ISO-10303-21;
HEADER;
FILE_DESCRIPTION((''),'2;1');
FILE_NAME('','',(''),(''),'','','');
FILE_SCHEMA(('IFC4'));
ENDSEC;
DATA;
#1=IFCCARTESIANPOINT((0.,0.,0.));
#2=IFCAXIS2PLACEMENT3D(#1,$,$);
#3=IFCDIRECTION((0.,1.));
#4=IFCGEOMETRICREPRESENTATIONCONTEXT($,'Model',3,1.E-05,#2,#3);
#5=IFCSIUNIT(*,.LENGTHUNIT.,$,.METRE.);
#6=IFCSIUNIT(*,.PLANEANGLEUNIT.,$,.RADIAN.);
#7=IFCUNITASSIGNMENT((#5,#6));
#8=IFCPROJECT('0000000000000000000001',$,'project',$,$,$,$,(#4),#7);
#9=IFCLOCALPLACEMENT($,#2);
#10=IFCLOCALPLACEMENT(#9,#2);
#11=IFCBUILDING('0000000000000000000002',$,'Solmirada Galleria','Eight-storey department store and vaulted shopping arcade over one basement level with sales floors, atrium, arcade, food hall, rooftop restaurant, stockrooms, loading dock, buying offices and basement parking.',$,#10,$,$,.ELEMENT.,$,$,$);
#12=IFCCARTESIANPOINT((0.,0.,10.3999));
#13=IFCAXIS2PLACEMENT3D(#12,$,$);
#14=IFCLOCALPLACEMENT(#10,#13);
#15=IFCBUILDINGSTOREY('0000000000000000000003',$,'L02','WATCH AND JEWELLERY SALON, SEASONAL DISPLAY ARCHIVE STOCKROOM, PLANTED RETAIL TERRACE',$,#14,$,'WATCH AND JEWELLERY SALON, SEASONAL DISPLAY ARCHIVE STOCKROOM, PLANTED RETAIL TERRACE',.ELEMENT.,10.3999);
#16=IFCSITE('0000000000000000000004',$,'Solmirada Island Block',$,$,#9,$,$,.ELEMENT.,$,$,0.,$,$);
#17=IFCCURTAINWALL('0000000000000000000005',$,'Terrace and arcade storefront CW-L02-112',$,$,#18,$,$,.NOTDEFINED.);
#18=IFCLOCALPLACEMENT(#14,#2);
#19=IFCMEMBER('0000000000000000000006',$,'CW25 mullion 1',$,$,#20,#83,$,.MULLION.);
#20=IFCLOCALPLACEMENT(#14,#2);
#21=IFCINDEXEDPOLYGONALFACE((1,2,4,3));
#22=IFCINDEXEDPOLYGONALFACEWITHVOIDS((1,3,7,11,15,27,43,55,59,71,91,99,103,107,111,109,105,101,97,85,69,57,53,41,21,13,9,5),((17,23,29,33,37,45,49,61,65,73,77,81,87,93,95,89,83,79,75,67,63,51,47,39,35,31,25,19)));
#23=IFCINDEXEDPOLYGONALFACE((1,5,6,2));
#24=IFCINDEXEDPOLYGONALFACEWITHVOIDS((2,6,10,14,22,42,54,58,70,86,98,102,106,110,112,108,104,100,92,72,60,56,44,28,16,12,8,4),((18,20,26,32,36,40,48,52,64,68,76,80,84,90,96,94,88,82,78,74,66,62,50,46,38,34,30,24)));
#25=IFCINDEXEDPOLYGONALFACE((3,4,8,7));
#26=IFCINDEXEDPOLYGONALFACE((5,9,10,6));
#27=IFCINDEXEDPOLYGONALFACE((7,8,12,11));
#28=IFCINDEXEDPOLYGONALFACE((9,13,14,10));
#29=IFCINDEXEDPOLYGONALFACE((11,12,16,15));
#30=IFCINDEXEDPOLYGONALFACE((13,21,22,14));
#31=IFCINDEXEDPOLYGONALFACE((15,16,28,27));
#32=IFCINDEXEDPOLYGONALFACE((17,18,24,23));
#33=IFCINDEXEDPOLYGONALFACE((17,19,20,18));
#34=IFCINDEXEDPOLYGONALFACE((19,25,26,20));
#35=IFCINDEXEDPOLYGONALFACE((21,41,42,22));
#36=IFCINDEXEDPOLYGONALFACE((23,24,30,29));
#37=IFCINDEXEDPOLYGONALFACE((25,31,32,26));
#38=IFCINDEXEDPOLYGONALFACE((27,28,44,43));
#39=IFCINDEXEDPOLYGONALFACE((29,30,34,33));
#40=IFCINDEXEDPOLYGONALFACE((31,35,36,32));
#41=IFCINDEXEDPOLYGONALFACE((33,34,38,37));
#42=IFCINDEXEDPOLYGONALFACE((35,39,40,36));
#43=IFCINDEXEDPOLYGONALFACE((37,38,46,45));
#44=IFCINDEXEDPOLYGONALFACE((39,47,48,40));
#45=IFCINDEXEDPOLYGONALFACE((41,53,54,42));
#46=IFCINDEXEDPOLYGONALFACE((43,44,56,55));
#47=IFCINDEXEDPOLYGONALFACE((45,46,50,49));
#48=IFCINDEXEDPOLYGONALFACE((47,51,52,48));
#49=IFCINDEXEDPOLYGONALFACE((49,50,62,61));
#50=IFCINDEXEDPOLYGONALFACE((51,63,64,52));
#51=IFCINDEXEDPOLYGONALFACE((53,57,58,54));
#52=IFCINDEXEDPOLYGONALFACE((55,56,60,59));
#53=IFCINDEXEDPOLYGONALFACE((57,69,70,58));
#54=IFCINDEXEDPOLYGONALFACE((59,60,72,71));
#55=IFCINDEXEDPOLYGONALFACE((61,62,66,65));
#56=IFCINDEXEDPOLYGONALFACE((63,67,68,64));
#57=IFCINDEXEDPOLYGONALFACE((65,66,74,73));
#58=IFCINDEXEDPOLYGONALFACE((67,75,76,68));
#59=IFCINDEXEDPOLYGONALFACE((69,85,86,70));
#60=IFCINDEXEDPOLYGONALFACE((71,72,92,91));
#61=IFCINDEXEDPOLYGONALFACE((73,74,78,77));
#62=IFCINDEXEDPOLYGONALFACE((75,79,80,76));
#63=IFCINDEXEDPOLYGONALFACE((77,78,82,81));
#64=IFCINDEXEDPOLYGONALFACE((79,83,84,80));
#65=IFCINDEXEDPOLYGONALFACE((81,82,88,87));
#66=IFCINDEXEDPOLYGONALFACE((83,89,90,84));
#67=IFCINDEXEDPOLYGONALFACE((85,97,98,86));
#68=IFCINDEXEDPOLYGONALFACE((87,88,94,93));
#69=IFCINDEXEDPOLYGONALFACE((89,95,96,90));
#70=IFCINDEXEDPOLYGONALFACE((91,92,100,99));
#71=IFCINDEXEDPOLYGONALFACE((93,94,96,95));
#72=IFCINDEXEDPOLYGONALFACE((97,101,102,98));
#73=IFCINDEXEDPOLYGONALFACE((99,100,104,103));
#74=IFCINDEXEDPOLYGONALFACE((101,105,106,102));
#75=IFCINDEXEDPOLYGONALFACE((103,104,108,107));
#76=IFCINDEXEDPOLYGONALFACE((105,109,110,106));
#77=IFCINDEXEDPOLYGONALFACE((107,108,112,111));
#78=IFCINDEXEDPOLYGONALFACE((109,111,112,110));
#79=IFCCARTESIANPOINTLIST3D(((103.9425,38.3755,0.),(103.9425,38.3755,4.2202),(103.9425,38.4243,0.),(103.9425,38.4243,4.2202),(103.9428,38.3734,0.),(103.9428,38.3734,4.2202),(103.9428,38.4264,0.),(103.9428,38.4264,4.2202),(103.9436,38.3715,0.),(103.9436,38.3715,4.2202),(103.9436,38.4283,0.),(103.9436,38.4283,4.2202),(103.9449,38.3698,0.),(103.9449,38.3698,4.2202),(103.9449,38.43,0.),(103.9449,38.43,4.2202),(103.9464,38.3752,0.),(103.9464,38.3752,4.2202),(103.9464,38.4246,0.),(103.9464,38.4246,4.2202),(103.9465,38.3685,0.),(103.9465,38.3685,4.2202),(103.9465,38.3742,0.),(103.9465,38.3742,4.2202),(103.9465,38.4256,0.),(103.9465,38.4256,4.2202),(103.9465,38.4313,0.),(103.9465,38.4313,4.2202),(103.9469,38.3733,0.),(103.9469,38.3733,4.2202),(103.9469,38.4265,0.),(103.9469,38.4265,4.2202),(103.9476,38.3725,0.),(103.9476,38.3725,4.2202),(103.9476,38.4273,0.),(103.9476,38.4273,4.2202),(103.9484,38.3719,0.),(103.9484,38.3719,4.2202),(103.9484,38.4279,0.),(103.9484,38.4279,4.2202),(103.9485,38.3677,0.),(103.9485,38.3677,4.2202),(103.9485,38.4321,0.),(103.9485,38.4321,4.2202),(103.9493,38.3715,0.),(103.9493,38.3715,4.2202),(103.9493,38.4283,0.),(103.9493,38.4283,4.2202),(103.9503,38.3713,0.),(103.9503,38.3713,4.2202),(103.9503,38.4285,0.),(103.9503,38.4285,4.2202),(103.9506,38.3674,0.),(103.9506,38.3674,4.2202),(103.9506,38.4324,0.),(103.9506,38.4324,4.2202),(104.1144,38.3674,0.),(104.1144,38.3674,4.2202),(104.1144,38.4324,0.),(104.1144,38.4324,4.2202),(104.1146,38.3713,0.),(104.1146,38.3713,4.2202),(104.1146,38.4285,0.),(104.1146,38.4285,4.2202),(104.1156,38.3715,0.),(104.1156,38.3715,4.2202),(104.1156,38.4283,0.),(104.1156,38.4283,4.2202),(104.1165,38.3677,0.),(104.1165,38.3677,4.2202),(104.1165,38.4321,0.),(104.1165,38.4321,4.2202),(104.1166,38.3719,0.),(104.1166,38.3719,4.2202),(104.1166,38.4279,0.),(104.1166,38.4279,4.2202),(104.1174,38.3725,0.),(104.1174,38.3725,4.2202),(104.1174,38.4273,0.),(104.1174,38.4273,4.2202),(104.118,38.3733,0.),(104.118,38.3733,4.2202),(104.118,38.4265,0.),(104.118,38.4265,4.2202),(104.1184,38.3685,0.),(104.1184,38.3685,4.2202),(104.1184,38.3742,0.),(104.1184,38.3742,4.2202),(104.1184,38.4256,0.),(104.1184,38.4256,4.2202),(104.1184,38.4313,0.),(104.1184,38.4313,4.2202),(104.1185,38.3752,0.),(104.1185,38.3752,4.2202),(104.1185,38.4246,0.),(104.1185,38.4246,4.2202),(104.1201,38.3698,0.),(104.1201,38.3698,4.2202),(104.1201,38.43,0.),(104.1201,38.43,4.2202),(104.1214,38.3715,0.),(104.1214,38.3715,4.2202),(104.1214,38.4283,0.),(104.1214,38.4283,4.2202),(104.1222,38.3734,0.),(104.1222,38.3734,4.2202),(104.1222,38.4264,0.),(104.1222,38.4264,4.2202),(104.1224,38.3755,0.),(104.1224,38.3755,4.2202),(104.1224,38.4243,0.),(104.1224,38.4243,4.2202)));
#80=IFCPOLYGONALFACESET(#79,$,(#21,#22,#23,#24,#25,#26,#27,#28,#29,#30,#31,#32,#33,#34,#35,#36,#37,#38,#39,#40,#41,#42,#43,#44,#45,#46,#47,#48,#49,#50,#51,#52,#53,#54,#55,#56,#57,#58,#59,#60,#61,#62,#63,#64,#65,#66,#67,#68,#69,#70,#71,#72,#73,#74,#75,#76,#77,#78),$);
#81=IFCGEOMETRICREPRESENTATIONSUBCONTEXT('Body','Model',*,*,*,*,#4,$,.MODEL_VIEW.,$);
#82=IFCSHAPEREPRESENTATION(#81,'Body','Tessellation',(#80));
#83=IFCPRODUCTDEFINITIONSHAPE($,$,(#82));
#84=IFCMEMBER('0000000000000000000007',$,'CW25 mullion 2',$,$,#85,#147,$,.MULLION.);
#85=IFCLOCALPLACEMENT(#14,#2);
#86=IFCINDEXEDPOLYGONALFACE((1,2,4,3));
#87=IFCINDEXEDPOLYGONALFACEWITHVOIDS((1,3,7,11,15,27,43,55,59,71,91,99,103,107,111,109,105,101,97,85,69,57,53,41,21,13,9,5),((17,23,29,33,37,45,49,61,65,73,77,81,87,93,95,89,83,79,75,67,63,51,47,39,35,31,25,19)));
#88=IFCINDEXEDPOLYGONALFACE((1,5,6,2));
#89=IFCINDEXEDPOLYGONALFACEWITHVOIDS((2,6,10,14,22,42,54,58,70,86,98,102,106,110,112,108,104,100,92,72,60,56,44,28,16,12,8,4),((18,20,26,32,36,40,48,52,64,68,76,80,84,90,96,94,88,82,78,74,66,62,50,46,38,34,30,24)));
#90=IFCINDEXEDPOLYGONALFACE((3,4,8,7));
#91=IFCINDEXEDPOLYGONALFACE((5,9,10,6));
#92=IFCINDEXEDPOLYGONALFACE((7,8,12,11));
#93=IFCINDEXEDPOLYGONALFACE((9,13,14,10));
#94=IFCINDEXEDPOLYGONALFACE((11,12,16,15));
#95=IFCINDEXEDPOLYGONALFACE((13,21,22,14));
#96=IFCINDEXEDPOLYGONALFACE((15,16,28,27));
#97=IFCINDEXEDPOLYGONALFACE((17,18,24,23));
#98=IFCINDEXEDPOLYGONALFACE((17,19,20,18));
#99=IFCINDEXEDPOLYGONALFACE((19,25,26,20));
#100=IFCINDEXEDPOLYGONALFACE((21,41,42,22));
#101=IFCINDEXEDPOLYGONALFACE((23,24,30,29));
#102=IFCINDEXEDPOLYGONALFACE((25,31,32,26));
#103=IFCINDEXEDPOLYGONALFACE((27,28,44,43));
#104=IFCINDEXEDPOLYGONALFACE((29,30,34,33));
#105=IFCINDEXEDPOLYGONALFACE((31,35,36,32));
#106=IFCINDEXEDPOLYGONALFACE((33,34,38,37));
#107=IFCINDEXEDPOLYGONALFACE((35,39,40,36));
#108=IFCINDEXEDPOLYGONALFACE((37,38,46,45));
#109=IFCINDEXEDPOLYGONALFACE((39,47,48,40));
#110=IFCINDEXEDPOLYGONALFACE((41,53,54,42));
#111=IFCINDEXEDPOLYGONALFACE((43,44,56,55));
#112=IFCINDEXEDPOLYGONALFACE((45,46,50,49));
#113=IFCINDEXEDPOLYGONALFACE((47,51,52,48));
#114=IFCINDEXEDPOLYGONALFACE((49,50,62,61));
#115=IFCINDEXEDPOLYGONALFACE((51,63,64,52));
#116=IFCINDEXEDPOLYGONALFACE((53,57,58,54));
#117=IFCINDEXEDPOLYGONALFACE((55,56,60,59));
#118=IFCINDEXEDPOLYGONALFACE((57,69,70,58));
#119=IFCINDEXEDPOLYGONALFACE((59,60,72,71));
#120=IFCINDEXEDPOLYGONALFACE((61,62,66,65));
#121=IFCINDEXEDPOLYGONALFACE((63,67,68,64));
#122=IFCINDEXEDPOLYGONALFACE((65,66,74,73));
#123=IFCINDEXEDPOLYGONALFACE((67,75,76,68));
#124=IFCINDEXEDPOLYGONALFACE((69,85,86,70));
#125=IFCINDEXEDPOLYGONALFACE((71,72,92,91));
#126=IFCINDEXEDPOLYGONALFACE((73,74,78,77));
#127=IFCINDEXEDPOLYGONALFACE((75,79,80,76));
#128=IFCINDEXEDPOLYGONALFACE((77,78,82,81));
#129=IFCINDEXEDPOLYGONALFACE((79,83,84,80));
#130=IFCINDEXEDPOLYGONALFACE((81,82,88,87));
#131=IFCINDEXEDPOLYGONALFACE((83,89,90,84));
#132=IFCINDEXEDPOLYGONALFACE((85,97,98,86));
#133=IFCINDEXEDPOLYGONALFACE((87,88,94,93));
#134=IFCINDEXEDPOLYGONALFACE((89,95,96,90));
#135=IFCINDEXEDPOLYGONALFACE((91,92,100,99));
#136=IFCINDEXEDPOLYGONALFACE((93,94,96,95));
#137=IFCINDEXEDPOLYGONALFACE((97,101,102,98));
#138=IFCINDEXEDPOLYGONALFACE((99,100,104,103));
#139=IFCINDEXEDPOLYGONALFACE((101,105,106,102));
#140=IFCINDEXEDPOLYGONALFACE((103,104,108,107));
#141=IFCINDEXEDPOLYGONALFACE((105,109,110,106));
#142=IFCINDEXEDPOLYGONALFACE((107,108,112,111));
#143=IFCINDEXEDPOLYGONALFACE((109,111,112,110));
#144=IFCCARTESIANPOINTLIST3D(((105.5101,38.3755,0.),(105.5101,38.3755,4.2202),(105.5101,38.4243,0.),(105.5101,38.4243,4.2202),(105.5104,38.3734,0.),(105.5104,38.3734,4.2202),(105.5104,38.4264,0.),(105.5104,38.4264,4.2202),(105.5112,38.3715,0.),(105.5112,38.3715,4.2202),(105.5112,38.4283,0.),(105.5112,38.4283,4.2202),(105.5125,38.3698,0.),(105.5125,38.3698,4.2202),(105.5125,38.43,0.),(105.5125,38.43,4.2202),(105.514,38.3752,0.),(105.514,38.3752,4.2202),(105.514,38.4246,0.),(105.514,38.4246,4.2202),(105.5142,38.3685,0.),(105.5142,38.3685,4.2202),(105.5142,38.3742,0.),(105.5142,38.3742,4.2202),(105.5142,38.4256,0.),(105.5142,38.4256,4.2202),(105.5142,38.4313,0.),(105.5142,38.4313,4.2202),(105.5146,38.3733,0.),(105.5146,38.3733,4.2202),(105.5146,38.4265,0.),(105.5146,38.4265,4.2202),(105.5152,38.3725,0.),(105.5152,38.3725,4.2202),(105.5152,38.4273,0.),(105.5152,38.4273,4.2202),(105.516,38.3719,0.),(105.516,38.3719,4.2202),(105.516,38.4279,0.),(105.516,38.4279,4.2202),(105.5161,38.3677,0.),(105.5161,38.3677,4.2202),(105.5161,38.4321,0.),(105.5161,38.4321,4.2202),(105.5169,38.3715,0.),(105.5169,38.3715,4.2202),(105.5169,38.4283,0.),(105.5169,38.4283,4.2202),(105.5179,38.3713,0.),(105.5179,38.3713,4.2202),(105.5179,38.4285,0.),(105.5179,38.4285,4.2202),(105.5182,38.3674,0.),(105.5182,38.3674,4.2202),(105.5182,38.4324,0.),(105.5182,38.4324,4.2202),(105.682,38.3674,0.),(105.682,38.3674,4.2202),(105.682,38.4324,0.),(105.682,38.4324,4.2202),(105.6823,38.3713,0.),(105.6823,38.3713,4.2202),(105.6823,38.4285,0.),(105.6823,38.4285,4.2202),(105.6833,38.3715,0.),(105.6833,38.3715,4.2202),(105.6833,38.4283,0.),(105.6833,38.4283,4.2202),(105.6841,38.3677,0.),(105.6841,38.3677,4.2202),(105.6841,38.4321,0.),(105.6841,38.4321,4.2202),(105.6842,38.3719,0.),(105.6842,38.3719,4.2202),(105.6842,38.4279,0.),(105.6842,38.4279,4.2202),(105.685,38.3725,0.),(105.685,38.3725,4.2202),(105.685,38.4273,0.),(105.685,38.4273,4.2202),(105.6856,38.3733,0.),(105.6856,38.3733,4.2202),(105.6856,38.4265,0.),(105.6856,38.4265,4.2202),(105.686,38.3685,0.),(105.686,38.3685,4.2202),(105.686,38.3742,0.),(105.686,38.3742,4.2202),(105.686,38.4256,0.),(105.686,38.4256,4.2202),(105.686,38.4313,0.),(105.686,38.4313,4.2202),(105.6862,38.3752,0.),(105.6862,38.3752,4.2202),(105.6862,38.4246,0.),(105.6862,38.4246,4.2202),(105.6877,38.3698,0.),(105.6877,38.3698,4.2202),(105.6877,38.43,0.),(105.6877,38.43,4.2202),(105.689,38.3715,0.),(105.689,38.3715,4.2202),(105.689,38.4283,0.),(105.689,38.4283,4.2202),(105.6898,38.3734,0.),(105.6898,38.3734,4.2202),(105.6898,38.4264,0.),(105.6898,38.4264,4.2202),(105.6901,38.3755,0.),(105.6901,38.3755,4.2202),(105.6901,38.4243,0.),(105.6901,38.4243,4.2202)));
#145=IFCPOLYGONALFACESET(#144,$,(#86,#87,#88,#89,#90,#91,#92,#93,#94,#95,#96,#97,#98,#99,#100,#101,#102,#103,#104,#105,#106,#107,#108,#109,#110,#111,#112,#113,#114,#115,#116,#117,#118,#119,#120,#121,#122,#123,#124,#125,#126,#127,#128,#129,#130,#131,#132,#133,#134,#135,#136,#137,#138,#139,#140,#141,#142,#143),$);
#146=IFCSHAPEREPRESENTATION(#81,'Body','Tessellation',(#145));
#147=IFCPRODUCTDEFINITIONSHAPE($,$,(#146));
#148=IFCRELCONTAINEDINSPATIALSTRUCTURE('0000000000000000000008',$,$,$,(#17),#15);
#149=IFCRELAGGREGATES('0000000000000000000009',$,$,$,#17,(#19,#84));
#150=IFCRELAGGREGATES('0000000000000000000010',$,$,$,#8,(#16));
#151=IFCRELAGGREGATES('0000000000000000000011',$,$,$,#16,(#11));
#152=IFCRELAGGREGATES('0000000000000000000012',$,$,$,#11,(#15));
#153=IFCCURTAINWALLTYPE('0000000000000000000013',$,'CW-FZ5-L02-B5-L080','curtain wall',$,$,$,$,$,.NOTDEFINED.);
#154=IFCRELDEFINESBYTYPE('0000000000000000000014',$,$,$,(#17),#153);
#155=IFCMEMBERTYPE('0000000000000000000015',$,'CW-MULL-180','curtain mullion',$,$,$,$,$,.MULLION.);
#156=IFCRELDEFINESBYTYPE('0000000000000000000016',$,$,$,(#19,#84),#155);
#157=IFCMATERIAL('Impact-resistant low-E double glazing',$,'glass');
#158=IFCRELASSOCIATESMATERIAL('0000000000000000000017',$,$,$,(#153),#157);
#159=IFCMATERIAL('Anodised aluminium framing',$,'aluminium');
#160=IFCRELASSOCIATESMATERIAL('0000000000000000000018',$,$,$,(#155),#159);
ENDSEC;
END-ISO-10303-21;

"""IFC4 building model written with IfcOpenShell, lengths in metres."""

from ifc_helpers import new_model, si_unit, direction, frame, origin, origin_2d, place, context, subcontext, project, spatial, hollow_rectangle, extrude, material, material_profile, profile_set, type_object, element, aggregate, save


model = new_model("IFC4")

# Units and contexts
model_context = context("Model", 3, precision=1e-05, world=origin(), true_north=direction((0.0, 1.0)))
body_context = subcontext(model_context, "Body", "Model", "MODEL_VIEW")
ifc_project = project(units=[si_unit("LENGTHUNIT", "METRE"), si_unit("PLANEANGLEUNIT", "RADIAN")], contexts=[model_context])

# Site, building, storey
site_placement = place(None, origin())
site = spatial("IfcSite", under=ifc_project, at=site_placement, Name="Solmirada Island Block", CompositionType="ELEMENT", RefElevation=0.0)
building_placement = place(site_placement, origin())
building = spatial("IfcBuilding", under=site, at=building_placement, Name="Solmirada Galleria", Description="Eight-storey department store and vaulted shopping arcade over one basement level with sales floors, atrium, arcade, food hall, rooftop restaurant, stockrooms, loading dock, buying offices and basement parking.", CompositionType="ELEMENT")
storey_placement = place(building_placement, frame((0.0, 0.0, 10.3999)))
storey = spatial("IfcBuildingStorey", under=building, at=storey_placement, Name="L02", Description="WATCH AND JEWELLERY SALON, SEASONAL DISPLAY ARCHIVE STOCKROOM, PLANTED RETAIL TERRACE", LongName="WATCH AND JEWELLERY SALON, SEASONAL DISPLAY ARCHIVE STOCKROOM, PLANTED RETAIL TERRACE", CompositionType="ELEMENT", Elevation=10.3999)

# Curtain wall, members
ifc_material_1 = material(Name="Impact-resistant low-E double glazing", Category="glass")
curtain_wall_type = type_object("IfcCurtainWallType", Name="CW-FZ5-L02-B5-L080", Description="curtain wall", PredefinedType="NOTDEFINED", material=ifc_material_1)
ifc_material_2 = material(Name="Anodised aluminium framing", Category="aluminium")
ifc_material_profile_1 = material_profile(ifc_material_2, hollow_rectangle(XDim=0.0649, YDim=0.1799, WallThickness=0.0039, InnerFilletRadius=0.0039, OuterFilletRadius=0.0081, at=origin_2d()), Name="ALU-MULL-180X65")
ifc_profile_set_1 = profile_set([ifc_material_profile_1], Name="Anodised aluminium framing")
member_type_1 = type_object("IfcMemberType", Name="CW-MULL-180", Description="curtain mullion", PredefinedType="MULLION", material=ifc_profile_set_1)
curtain_wall_1_placement = place(storey_placement, origin())
curtain_wall_1 = element("IfcCurtainWall", 1, at=curtain_wall_1_placement, inside=storey, type_object=curtain_wall_type, Name="Terrace and arcade storefront CW-L02-112", PredefinedType="NOTDEFINED")
member_1_placement = place(storey_placement, frame((104.0325, 38.3999, 0.0), z_axis=(0.0, 0.0, 1.0), x_axis=(0.0, 1.0, 0.0)))
member_1 = element("IfcMember", 2, at=member_1_placement, type_object=member_type_1, Name="CW25 mullion 1", PredefinedType="MULLION", context=body_context, shape_type="SweptSolid", body=[
    extrude(hollow_rectangle(XDim=0.0649, YDim=0.1799, WallThickness=0.0039, InnerFilletRadius=0.0039, OuterFilletRadius=0.0081, at=origin_2d()), origin(), (0.0, 0.0, 1.0), 4.2202),
])
member_2_placement = place(storey_placement, frame((105.6001, 38.3999, 0.0), z_axis=(0.0, 0.0, 1.0), x_axis=(0.0, 1.0, 0.0)))
member_2 = element("IfcMember", 3, at=member_2_placement, type_object=member_type_1, Name="CW25 mullion 2", PredefinedType="MULLION", context=body_context, shape_type="SweptSolid", body=[
    extrude(hollow_rectangle(XDim=0.0649, YDim=0.1799, WallThickness=0.0039, InnerFilletRadius=0.0039, OuterFilletRadius=0.0081, at=origin_2d()), origin(), (0.0, 0.0, 1.0), 4.2202),
])

aggregate(curtain_wall_1, [member_1, member_2])

save(model, "model.ifc")
